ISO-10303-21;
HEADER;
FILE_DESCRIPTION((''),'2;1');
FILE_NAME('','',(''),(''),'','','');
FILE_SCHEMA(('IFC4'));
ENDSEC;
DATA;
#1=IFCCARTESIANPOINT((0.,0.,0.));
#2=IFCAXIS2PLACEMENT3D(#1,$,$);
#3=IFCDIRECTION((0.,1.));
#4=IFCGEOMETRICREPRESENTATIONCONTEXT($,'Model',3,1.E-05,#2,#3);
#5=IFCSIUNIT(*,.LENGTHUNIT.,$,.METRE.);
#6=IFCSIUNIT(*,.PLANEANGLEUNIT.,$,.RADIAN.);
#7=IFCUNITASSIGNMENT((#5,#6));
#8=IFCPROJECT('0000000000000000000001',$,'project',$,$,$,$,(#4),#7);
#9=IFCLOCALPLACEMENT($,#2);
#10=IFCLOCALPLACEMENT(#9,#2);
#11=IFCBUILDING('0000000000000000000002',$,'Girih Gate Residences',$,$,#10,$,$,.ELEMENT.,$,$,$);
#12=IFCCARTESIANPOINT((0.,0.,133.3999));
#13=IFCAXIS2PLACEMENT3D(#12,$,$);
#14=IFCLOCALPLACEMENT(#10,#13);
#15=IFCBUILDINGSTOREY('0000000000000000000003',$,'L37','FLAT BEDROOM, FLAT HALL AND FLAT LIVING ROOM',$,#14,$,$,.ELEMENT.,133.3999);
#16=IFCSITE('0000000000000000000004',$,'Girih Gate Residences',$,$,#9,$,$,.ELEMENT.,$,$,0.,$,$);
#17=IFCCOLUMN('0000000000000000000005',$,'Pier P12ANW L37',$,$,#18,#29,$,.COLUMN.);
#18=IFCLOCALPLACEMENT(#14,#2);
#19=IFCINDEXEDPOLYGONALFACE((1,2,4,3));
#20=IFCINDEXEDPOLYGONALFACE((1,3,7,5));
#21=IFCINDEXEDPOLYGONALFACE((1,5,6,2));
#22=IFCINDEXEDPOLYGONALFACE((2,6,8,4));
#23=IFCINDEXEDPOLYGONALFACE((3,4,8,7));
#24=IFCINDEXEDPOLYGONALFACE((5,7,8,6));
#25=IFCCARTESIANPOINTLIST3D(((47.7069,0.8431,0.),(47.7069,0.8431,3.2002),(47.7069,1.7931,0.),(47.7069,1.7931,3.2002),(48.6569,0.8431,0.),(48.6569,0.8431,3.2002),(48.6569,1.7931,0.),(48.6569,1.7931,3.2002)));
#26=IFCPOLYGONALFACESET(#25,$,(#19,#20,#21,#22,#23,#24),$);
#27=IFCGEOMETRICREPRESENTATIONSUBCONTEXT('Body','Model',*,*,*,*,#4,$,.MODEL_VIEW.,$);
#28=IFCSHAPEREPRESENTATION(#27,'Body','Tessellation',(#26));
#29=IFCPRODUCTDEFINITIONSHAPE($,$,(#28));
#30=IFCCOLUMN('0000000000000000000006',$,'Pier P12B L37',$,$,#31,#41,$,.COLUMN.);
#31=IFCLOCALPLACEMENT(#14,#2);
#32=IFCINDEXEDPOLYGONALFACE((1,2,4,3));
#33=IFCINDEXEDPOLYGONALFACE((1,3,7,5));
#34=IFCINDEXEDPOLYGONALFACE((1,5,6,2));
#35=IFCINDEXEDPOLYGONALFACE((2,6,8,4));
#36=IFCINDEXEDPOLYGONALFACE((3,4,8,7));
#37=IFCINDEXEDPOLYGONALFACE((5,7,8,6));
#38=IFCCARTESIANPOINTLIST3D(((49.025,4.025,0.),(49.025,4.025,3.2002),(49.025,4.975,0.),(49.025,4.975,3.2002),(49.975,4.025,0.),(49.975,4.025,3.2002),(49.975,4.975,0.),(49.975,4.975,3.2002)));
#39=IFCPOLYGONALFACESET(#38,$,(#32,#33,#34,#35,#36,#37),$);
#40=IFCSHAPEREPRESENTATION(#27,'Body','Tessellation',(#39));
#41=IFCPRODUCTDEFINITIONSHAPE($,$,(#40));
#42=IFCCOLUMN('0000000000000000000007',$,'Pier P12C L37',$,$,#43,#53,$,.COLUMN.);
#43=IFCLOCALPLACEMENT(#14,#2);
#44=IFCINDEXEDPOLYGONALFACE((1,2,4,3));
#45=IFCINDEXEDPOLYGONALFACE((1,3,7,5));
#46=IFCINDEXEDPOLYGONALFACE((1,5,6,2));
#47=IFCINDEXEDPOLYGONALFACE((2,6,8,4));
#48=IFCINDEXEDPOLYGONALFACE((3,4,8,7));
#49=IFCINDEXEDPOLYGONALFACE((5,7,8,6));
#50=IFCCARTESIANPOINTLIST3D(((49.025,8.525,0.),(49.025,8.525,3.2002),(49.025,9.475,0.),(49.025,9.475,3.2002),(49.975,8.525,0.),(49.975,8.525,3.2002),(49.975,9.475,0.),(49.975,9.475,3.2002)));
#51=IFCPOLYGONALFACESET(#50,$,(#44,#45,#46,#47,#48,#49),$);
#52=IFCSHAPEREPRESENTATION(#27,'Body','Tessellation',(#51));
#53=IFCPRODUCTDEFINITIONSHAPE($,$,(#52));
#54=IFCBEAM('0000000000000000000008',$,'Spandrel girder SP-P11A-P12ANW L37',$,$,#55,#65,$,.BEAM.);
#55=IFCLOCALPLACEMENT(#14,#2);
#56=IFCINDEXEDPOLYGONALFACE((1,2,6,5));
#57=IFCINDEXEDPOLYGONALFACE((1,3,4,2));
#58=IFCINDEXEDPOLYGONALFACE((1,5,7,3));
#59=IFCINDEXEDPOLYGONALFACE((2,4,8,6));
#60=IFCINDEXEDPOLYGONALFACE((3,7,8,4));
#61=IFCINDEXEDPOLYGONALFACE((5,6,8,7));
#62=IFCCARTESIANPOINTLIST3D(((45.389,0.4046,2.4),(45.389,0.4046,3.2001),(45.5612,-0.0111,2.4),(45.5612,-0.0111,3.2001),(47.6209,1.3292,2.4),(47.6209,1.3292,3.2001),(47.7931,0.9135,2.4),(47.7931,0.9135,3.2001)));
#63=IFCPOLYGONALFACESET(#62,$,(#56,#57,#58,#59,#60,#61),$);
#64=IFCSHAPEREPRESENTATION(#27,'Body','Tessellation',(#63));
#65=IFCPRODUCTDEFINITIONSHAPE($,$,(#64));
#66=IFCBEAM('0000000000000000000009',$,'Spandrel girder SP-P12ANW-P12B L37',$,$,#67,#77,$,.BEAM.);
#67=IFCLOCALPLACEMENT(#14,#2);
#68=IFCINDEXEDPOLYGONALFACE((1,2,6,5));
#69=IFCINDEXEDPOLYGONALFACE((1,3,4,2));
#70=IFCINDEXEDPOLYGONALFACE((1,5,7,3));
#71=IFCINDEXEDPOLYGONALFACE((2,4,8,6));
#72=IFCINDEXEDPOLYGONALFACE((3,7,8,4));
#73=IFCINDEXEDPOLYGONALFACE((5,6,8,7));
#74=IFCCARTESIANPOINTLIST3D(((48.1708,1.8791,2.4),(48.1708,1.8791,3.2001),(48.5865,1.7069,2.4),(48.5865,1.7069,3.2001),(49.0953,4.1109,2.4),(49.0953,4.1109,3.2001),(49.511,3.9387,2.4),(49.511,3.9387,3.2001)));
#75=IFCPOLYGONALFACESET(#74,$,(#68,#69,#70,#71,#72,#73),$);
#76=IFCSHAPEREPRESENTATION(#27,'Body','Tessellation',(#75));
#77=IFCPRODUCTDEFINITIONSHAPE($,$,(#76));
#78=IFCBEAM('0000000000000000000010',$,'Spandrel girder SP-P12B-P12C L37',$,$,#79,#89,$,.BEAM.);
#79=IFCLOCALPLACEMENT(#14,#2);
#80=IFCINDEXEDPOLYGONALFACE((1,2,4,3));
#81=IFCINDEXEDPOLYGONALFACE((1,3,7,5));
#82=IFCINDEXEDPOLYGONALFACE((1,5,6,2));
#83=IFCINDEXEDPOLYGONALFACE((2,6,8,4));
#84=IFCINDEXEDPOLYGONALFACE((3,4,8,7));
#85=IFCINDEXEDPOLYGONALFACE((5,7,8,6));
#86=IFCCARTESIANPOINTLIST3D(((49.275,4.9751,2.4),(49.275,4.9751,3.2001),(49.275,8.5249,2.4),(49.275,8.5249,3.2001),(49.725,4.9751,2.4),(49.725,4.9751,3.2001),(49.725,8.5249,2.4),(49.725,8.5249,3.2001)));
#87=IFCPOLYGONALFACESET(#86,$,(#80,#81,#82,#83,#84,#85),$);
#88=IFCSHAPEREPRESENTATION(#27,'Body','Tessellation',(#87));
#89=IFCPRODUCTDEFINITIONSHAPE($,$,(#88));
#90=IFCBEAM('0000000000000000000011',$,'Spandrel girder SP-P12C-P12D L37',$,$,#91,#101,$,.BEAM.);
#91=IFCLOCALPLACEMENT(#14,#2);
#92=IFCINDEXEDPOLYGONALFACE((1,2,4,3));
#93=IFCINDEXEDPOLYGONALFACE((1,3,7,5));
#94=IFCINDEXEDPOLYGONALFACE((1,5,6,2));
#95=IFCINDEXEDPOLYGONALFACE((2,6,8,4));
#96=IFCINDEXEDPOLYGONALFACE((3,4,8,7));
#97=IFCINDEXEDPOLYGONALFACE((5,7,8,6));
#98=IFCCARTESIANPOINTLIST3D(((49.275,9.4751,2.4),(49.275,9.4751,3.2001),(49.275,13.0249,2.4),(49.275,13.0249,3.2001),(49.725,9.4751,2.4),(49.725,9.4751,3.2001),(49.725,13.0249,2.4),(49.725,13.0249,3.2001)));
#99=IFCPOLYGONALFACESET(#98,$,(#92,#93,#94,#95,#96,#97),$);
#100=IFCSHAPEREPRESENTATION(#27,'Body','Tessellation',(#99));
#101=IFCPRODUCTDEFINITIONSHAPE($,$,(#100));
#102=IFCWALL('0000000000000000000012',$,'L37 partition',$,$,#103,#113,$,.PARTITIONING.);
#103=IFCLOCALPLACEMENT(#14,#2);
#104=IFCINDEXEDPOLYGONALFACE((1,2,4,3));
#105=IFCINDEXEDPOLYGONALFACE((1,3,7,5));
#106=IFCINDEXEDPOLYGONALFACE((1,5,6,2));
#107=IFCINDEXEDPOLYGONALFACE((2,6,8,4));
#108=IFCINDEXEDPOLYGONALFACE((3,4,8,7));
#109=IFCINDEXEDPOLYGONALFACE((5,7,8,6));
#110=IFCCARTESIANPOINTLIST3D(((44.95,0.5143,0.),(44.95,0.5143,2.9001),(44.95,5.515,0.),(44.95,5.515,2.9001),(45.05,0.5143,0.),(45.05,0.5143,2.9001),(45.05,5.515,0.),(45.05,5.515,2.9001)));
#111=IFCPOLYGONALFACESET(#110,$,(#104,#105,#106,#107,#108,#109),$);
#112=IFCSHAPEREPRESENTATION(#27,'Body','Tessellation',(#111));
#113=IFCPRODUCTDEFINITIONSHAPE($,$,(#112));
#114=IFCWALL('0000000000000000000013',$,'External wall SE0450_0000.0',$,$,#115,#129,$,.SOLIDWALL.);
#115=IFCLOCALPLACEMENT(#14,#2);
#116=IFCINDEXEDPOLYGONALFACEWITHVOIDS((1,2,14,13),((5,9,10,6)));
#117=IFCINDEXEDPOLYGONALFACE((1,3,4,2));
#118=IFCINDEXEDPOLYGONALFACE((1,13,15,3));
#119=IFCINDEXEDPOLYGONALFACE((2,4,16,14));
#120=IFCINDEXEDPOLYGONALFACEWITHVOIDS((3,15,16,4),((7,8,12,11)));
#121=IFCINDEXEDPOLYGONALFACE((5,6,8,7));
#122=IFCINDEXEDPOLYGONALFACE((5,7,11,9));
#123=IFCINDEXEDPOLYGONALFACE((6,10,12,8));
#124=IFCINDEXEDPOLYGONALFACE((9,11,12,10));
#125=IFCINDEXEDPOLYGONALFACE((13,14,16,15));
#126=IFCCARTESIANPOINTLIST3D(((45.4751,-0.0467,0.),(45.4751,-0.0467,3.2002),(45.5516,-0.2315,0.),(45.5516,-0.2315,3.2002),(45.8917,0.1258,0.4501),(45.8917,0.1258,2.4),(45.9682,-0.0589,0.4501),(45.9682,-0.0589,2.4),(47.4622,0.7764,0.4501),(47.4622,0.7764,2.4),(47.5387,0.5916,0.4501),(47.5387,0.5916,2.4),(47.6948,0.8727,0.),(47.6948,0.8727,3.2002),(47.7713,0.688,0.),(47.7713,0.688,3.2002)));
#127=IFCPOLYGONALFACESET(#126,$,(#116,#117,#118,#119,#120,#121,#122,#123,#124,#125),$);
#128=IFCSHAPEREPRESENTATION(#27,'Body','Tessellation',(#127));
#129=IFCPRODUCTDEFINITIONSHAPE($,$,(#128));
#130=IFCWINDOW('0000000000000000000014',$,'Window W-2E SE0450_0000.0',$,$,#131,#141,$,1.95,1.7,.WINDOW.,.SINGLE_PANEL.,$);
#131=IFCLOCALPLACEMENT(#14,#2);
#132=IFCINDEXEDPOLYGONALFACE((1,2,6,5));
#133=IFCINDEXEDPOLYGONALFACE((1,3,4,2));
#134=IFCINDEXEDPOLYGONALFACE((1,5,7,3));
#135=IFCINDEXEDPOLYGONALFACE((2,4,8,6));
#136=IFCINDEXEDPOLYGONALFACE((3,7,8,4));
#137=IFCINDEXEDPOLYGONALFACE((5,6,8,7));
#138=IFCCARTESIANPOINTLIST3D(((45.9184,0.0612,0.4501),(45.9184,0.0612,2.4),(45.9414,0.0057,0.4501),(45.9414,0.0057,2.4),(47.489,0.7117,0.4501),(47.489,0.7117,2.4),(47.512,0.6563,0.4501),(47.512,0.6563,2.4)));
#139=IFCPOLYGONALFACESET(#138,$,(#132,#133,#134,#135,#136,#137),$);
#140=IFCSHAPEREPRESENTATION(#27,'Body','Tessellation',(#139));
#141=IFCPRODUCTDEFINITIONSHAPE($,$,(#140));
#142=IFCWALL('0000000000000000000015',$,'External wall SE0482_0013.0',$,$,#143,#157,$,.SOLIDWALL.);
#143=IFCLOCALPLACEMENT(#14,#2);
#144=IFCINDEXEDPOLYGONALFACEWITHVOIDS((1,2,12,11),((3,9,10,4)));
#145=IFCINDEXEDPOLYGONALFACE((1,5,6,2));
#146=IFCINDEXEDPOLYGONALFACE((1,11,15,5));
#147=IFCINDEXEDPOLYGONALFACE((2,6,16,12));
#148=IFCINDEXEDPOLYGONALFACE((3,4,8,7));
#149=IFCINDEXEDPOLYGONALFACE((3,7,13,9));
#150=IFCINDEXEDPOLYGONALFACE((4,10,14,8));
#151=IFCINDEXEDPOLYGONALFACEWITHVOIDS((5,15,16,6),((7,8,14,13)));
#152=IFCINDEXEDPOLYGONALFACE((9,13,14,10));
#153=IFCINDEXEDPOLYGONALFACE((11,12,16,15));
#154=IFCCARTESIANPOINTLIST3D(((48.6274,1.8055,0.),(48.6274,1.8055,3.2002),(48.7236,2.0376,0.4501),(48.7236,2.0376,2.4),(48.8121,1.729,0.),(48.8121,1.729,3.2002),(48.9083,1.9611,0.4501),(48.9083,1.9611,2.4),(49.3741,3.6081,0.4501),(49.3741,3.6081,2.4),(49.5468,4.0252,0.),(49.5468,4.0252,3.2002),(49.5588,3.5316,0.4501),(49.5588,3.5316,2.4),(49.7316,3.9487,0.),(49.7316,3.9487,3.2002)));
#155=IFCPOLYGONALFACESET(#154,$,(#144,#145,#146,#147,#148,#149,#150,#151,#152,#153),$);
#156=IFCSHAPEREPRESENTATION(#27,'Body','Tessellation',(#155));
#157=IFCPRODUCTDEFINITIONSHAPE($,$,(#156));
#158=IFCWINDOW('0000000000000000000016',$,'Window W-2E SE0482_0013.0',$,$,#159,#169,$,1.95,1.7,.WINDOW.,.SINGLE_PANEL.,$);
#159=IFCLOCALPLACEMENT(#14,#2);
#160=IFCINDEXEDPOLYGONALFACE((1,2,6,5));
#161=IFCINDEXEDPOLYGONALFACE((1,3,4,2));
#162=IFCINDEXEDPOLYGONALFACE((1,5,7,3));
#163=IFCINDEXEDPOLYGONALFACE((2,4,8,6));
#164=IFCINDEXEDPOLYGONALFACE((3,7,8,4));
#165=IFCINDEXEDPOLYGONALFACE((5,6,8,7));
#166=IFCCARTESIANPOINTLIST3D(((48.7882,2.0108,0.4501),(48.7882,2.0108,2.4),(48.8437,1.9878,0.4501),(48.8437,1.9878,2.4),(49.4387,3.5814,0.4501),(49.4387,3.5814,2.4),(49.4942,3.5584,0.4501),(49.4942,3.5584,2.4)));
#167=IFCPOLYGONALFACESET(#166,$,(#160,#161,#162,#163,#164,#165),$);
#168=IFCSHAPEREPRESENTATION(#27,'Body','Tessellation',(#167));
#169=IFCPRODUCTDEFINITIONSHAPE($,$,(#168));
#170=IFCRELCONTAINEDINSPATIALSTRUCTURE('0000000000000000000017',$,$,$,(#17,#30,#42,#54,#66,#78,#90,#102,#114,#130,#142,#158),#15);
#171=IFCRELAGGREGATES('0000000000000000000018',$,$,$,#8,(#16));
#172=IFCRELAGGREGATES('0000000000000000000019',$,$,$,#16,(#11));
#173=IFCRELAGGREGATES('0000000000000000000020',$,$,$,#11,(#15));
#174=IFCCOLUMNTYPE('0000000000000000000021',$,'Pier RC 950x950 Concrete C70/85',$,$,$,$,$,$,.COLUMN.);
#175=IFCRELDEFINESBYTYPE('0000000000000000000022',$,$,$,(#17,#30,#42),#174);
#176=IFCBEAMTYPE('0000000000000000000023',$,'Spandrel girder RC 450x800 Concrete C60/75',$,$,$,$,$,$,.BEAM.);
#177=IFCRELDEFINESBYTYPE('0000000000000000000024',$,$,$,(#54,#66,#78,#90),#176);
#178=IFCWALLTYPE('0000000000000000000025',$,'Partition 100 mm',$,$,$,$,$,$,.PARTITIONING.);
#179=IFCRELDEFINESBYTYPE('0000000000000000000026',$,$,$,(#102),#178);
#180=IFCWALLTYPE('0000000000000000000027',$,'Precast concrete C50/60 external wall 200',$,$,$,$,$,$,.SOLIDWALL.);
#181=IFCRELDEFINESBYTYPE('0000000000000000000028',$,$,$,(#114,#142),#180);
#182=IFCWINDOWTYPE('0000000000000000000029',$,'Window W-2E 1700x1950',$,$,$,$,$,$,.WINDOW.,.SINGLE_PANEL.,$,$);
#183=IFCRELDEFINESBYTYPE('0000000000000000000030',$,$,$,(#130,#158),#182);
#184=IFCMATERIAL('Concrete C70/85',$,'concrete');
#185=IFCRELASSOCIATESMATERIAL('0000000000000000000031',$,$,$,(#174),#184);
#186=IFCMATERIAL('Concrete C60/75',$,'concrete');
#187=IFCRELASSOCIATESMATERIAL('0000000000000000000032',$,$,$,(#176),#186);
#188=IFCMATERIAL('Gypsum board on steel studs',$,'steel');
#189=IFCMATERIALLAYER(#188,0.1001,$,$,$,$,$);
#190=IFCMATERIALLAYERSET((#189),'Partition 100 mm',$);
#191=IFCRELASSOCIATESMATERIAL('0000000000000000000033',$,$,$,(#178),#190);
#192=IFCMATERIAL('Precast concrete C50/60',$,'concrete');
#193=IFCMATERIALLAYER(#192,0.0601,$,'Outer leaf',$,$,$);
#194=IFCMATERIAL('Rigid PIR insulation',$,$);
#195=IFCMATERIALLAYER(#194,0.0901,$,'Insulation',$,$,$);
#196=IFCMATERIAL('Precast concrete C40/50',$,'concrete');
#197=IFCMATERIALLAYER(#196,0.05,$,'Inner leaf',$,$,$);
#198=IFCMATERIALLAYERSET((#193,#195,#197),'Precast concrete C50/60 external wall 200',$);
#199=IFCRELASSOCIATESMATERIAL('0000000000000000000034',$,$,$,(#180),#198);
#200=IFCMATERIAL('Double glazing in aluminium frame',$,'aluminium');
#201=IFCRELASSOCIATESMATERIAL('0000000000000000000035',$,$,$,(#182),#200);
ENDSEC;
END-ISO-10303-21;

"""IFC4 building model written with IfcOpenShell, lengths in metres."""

from ifc_helpers import new_model, si_unit, direction, frame, frame_2d, origin, origin_2d, place, context, subcontext, project, spatial, rectangle, extrude, material, layer, layer_set, material_profile, profile_set, type_object, element, fill, save


model = new_model("IFC4")

# Units and contexts
model_context = context("Model", 3, precision=1e-05, world=origin(), true_north=direction((0.0, 1.0)))
body_context = subcontext(model_context, "Body", "Model", "MODEL_VIEW")
ifc_project = project(units=[si_unit("LENGTHUNIT", "METRE"), si_unit("PLANEANGLEUNIT", "RADIAN")], contexts=[model_context])

# Site, building, storey
site_placement = place(None, origin())
site = spatial("IfcSite", under=ifc_project, at=site_placement, Name="Girih Gate Residences", CompositionType="ELEMENT", RefElevation=0.0)
building_placement = place(site_placement, origin())
building = spatial("IfcBuilding", under=site, at=building_placement, Name="Girih Gate Residences", CompositionType="ELEMENT")
storey_placement = place(building_placement, frame((0.0, 0.0, 133.3999)))
storey = spatial("IfcBuildingStorey", under=building, at=storey_placement, Name="L37", Description="FLAT BEDROOM, FLAT HALL AND FLAT LIVING ROOM", CompositionType="ELEMENT", Elevation=133.3999)

# Columns
ifc_material_1 = material(Name="Concrete C70/85", Category="concrete")
ifc_material_profile_1 = material_profile(ifc_material_1, rectangle(XDim=0.95, YDim=0.95, at=origin_2d()))
ifc_profile_set_1 = profile_set([ifc_material_profile_1], Name="Concrete C70/85")
column_type = type_object("IfcColumnType", Name="Pier RC 950x950 Concrete C70/85", PredefinedType="COLUMN", material=ifc_profile_set_1)
for number, where, z_axis, x_axis, name in (
    (1, (48.1819, 1.3181, 0.0), (0.0, 0.0, 1.0), (1.0, 0.0, 0.0), "Pier P12ANW L37"),
    (2, (49.5, 4.5, 0.0), (0.0, 0.0, 1.0), (1.0, 0.0, 0.0), "Pier P12B L37"),
    (3, (49.5, 9.0, 0.0), (0.0, 0.0, 1.0), (1.0, 0.0, 0.0), "Pier P12C L37"),
):
    element("IfcColumn", number, at=place(storey_placement, frame(where, z_axis=z_axis, x_axis=x_axis)), inside=storey, type_object=column_type, Name=name, PredefinedType="COLUMN", context=body_context, shape_type="SweptSolid", body=[
        extrude(rectangle(XDim=0.95, YDim=0.95, at=origin_2d()), origin(), (0.0, 0.0, 1.0), 3.2002),
    ])

# Beams
ifc_material_2 = material(Name="Concrete C60/75", Category="concrete")
ifc_material_profile_2 = material_profile(ifc_material_2, rectangle(XDim=0.45, YDim=0.8, at=origin_2d()))
ifc_profile_set_2 = profile_set([ifc_material_profile_2], Name="Concrete C60/75")
beam_type = type_object("IfcBeamType", Name="Spandrel girder RC 450x800 Concrete C60/75", PredefinedType="BEAM", material=ifc_profile_set_2)
for number, where, z_axis, x_axis, name in (
    (4, (45.4751, 0.1968, 2.8), (0.92387, 0.382706, 0.0), (-0.382706, 0.92387, 0.0), "Spandrel girder SP-P11A-P12ANW L37"),
    (5, (48.3787, 1.793, 2.8), (0.382706, 0.92387, 0.0), (-0.92387, 0.382706, 0.0), "Spandrel girder SP-P12ANW-P12B L37"),
):
    element("IfcBeam", number, at=place(storey_placement, frame(where, z_axis=z_axis, x_axis=x_axis)), inside=storey, type_object=beam_type, Name=name, PredefinedType="BEAM", context=body_context, shape_type="SweptSolid", body=[
        extrude(rectangle(XDim=0.45, YDim=0.8, at=origin_2d()), origin(), (0.0, 0.0, 1.0), 2.4158),
    ])
for number, where, z_axis, x_axis, name in (
    (6, (49.5, 4.9751, 2.8), (0.0, 1.0, 0.0), (-1.0, 0.0, 0.0), "Spandrel girder SP-P12B-P12C L37"),
    (7, (49.5, 9.4751, 2.8), (0.0, 1.0, 0.0), (-1.0, 0.0, 0.0), "Spandrel girder SP-P12C-P12D L37"),
):
    element("IfcBeam", number, at=place(storey_placement, frame(where, z_axis=z_axis, x_axis=x_axis)), inside=storey, type_object=beam_type, Name=name, PredefinedType="BEAM", context=body_context, shape_type="SweptSolid", body=[
        extrude(rectangle(XDim=0.45, YDim=0.8, at=origin_2d()), origin(), (0.0, 0.0, 1.0), 3.5498),
    ])

# Wall
ifc_material_3 = material(Name="Gypsum board on steel studs", Category="steel")
ifc_layer_1 = layer(ifc_material_3, 0.1001)
ifc_layer_set_1 = layer_set([ifc_layer_1], Name="Partition 100 mm")
wall_type_1 = type_object("IfcWallType", Name="Partition 100 mm", PredefinedType="PARTITIONING", material=ifc_layer_set_1)
wall_1_placement = place(storey_placement, frame((45.0, 0.5142, 0.0), z_axis=(0.0, 0.0, 1.0), x_axis=(0.0, 1.0, 0.0)))
element("IfcWall", 8, at=wall_1_placement, inside=storey, type_object=wall_type_1, Name="L37 partition", PredefinedType="PARTITIONING", context=body_context, shape_type="SweptSolid", body=[
    extrude(rectangle(XDim=5.0007, YDim=0.1001, at=frame_2d((2.5005, 0.0))), origin(), (0.0, 0.0, 1.0), 2.9001),
])

# Walls, openings, windows
ifc_material_4 = material(Name="Precast concrete C50/60", Category="concrete")
ifc_layer_2 = layer(ifc_material_4, 0.0601, Name="Outer leaf")
ifc_material_5 = material(Name="Rigid PIR insulation")
ifc_layer_3 = layer(ifc_material_5, 0.0901, Name="Insulation")
ifc_material_6 = material(Name="Precast concrete C40/50", Category="concrete")
ifc_layer_4 = layer(ifc_material_6, 0.05, Name="Inner leaf")
ifc_layer_set_2 = layer_set([ifc_layer_2, ifc_layer_3, ifc_layer_4], Name="Precast concrete C50/60 external wall 200")
wall_type_2 = type_object("IfcWallType", Name="Precast concrete C50/60 external wall 200", PredefinedType="SOLIDWALL", material=ifc_layer_set_2)
wall_2_placement = place(storey_placement, frame((47.7329, 0.7803, 0.0), z_axis=(0.0, 0.0, 1.0), x_axis=(-0.923881, -0.382681, 0.0)))
wall_2 = element("IfcWall", 9, at=wall_2_placement, inside=storey, type_object=wall_type_2, Name="External wall SE0450_0000.0", PredefinedType="SOLIDWALL", context=body_context, shape_type="SweptSolid", body=[
    extrude(rectangle(XDim=2.4026, YDim=0.2, at=frame_2d((1.2012, 0.0))), origin(), (0.0, 0.0, 1.0), 3.2002),
])
opening_1_placement = place(wall_2_placement, frame((0.2515, 0.0, 0.45)))
opening_1 = element("IfcOpeningElement", 10, at=opening_1_placement, cuts=wall_2, PredefinedType="OPENING", context=body_context, shape_type="SweptSolid", body=[
    extrude(rectangle(XDim=1.7, YDim=1.95, at=frame_2d((0.8501, 0.9751))), frame((0.0, 0.1099, 0.0), z_axis=(0.0, -1.0, 0.0), x_axis=(1.0, 0.0, 0.0)), (0.0, 0.0, 1.0), 0.22),
])
ifc_material_7 = material(Name="Double glazing in aluminium frame", Category="aluminium")
window_type_1 = type_object("IfcWindowType", Name="Window W-2E 1700x1950", PartitioningType="SINGLE_PANEL", PredefinedType="WINDOW", material=ifc_material_7)
window_1_placement = place(opening_1_placement, origin())
window_1 = element("IfcWindow", 11, at=window_1_placement, inside=storey, type_object=window_type_1, Name="Window W-2E SE0450_0000.0", OverallHeight=1.95, OverallWidth=1.7, PartitioningType="SINGLE_PANEL", PredefinedType="WINDOW", context=body_context, shape_type="SweptSolid", body=[
    extrude(rectangle(XDim=1.7, YDim=1.95, at=frame_2d((0.8501, 0.9751))), frame((0.0, 0.03, 0.0), z_axis=(0.0, -1.0, 0.0), x_axis=(1.0, 0.0, 0.0)), (0.0, 0.0, 1.0), 0.0601),
])
fill(opening_1, window_1)
wall_3_placement = place(storey_placement, frame((49.6392, 3.9868, 0.0), z_axis=(0.0, 0.0, 1.0), x_axis=(-0.382681, -0.923881, 0.0)))
wall_3 = element("IfcWall", 12, at=wall_3_placement, inside=storey, type_object=wall_type_2, Name="External wall SE0482_0013.0", PredefinedType="SOLIDWALL", context=body_context, shape_type="SweptSolid", body=[
    extrude(rectangle(XDim=2.4026, YDim=0.2, at=frame_2d((1.2012, 0.0))), origin(), (0.0, 0.0, 1.0), 3.2002),
])
opening_2_placement = place(wall_3_placement, frame((0.4512, 0.0, 0.45)))
opening_2 = element("IfcOpeningElement", 13, at=opening_2_placement, cuts=wall_3, PredefinedType="OPENING", context=body_context, shape_type="SweptSolid", body=[
    extrude(rectangle(XDim=1.7, YDim=1.95, at=frame_2d((0.8501, 0.9751))), frame((0.0, 0.1099, 0.0), z_axis=(0.0, -1.0, 0.0), x_axis=(1.0, 0.0, 0.0)), (0.0, 0.0, 1.0), 0.22),
])
window_2_placement = place(opening_2_placement, origin())
window_2 = element("IfcWindow", 14, at=window_2_placement, inside=storey, type_object=window_type_1, Name="Window W-2E SE0482_0013.0", OverallHeight=1.95, OverallWidth=1.7, PartitioningType="SINGLE_PANEL", PredefinedType="WINDOW", context=body_context, shape_type="SweptSolid", body=[
    extrude(rectangle(XDim=1.7, YDim=1.95, at=frame_2d((0.8501, 0.9751))), frame((0.0, 0.03, 0.0), z_axis=(0.0, -1.0, 0.0), x_axis=(1.0, 0.0, 0.0)), (0.0, 0.0, 1.0), 0.0601),
])
fill(opening_2, window_2)

save(model, "model.ifc")
